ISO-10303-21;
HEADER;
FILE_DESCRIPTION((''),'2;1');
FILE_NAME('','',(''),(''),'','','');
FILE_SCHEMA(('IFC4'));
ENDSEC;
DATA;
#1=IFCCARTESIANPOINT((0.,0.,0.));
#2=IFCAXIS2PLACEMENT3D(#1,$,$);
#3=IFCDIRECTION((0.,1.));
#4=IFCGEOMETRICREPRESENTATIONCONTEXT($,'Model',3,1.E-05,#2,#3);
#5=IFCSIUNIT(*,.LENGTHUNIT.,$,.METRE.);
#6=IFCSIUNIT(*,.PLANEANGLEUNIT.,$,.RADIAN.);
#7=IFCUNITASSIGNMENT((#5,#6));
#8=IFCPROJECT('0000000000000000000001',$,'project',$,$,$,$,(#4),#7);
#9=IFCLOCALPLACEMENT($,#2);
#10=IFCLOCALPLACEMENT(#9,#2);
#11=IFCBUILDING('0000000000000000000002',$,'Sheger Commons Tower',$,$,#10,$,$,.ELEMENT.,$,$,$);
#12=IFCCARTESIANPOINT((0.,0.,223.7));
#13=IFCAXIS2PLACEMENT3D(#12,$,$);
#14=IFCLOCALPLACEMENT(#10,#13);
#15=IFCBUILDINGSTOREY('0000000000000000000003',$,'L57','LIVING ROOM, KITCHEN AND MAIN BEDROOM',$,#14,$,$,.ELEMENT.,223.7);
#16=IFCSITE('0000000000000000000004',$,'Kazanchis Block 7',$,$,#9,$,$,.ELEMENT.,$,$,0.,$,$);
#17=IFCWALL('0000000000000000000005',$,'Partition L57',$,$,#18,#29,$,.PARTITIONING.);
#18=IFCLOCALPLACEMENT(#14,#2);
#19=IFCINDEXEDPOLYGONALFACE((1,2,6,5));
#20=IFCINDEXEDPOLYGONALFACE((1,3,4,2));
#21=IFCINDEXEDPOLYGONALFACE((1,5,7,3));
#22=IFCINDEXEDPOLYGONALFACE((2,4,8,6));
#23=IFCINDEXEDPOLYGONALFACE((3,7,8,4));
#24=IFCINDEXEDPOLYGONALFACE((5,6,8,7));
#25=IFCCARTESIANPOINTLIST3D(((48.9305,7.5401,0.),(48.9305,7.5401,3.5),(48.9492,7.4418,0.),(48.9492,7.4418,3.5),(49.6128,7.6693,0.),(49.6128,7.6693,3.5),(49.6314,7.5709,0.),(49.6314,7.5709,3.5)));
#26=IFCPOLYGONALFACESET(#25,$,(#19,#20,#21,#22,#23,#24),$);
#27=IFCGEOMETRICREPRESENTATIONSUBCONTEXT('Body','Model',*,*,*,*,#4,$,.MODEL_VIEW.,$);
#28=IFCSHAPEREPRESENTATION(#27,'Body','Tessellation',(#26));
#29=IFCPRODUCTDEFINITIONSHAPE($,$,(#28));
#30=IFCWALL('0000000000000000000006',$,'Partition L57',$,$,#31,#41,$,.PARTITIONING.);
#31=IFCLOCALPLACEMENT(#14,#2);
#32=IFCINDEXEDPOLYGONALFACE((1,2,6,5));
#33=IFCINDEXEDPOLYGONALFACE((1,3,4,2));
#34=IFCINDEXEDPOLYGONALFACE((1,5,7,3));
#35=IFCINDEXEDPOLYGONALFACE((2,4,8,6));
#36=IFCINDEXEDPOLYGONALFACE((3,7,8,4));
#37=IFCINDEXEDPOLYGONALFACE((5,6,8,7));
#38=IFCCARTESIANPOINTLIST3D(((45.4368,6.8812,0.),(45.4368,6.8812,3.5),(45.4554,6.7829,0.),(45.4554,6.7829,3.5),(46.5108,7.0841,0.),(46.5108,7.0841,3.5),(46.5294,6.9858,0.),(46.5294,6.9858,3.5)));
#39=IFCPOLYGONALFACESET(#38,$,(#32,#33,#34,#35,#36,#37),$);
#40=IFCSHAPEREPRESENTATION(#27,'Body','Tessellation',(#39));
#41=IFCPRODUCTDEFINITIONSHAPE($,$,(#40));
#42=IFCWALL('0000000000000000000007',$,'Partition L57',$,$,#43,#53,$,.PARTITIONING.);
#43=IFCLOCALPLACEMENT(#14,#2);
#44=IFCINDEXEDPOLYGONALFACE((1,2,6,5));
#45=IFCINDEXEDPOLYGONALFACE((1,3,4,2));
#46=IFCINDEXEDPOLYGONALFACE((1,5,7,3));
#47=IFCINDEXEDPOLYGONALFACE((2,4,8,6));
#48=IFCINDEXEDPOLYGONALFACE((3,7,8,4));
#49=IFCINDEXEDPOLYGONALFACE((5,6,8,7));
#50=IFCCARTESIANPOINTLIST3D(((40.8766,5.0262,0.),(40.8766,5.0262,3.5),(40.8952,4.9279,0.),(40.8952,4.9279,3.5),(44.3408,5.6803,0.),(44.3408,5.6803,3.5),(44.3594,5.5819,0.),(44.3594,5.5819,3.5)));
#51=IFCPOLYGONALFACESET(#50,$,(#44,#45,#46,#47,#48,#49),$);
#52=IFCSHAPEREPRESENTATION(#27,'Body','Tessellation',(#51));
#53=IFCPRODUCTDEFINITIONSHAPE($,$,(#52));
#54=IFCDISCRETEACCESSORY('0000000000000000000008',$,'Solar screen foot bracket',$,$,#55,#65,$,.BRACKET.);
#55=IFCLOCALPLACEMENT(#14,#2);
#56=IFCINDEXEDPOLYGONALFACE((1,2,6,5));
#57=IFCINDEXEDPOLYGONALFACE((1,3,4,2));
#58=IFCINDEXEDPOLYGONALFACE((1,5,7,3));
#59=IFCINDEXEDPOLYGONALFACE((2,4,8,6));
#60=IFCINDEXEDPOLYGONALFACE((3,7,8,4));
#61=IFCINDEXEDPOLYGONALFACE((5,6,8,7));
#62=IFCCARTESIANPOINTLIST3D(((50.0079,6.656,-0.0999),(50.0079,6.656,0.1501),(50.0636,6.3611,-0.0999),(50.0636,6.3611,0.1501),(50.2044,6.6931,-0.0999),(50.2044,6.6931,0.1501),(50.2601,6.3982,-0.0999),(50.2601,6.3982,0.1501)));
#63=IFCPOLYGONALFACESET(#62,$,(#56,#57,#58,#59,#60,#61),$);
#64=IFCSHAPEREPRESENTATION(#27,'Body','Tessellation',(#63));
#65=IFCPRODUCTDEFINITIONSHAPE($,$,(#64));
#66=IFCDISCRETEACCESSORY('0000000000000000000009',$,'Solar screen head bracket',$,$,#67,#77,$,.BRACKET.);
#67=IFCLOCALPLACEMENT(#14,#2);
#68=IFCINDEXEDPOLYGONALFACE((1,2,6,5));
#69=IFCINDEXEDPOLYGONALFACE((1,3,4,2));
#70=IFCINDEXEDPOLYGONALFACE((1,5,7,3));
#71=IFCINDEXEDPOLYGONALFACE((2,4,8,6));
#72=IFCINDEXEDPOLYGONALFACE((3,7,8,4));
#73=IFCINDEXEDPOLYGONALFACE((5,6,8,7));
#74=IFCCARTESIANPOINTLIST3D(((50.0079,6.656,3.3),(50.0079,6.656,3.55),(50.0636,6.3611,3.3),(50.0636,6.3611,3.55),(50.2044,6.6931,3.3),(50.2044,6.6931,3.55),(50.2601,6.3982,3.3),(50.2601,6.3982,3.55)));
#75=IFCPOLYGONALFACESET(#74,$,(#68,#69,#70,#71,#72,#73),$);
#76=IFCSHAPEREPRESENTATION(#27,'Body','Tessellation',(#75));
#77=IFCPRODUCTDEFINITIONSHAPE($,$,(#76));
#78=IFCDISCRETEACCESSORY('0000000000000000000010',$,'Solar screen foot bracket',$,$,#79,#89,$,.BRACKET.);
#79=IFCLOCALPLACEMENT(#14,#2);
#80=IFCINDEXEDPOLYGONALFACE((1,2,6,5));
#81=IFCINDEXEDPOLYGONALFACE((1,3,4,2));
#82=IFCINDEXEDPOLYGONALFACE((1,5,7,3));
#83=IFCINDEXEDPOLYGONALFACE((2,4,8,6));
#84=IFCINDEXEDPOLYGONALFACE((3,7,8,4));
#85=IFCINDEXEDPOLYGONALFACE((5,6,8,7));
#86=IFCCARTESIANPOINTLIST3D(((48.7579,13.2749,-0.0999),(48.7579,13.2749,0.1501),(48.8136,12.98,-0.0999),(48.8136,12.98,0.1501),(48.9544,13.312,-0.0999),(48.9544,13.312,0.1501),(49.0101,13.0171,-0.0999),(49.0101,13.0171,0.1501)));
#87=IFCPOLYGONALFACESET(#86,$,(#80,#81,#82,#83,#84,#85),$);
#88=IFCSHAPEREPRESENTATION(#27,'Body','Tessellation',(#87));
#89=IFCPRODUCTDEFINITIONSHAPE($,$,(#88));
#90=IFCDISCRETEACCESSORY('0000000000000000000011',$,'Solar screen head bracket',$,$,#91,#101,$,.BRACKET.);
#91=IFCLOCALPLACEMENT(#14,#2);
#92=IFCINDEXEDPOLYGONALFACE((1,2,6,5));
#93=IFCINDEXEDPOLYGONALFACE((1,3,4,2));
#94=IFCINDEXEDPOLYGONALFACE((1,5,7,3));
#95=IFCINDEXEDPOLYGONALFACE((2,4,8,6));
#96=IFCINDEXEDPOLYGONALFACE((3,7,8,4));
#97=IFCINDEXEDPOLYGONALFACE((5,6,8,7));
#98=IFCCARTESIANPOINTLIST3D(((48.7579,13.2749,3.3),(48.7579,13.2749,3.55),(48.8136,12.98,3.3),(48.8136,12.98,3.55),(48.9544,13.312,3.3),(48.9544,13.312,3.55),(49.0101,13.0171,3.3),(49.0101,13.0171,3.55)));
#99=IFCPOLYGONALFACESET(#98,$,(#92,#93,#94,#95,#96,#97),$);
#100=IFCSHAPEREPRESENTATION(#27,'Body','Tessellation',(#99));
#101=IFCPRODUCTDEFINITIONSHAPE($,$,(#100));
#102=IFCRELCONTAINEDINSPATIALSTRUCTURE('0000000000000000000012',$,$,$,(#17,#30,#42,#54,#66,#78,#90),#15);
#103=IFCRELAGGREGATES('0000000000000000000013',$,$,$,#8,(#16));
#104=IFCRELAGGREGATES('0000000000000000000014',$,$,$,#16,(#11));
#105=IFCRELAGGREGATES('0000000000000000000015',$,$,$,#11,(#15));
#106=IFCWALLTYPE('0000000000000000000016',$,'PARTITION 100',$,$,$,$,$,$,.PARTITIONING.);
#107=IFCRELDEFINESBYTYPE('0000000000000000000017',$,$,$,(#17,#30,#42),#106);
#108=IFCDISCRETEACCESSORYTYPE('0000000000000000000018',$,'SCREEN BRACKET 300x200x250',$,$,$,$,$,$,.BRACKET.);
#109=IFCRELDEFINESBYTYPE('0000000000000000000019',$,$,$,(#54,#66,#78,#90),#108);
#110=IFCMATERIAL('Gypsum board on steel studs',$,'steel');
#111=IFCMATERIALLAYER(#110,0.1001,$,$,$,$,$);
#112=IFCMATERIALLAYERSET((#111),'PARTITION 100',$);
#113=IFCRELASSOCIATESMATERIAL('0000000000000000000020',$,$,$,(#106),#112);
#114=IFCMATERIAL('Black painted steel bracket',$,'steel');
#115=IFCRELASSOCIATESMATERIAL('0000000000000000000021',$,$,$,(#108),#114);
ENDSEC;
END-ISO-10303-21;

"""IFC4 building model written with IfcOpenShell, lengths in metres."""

from ifc_helpers import new_model, si_unit, direction, frame, frame_2d, origin, origin_2d, place, context, subcontext, project, spatial, rectangle, extrude, material, layer, layer_set, type_object, element, save


model = new_model("IFC4")

# Units and contexts
model_context = context("Model", 3, precision=1e-05, world=origin(), true_north=direction((0.0, 1.0)))
body_context = subcontext(model_context, "Body", "Model", "MODEL_VIEW")
ifc_project = project(units=[si_unit("LENGTHUNIT", "METRE"), si_unit("PLANEANGLEUNIT", "RADIAN")], contexts=[model_context])

# Site, building, storey
site_placement = place(None, origin())
site = spatial("IfcSite", under=ifc_project, at=site_placement, Name="Kazanchis Block 7", CompositionType="ELEMENT", RefElevation=0.0)
building_placement = place(site_placement, origin())
building = spatial("IfcBuilding", under=site, at=building_placement, Name="Sheger Commons Tower", CompositionType="ELEMENT")
storey_placement = place(building_placement, frame((0.0, 0.0, 223.7)))
storey = spatial("IfcBuildingStorey", under=building, at=storey_placement, Name="L57", Description="LIVING ROOM, KITCHEN AND MAIN BEDROOM", CompositionType="ELEMENT", Elevation=223.7)

# Shared definitions
ifc_material_1 = material(Name="Gypsum board on steel studs", Category="steel")
ifc_layer_1 = layer(ifc_material_1, 0.1001)
ifc_layer_set_1 = layer_set([ifc_layer_1], Name="PARTITION 100")
wall_type_1 = type_object("IfcWallType", Name="PARTITION 100", PredefinedType="PARTITIONING", material=ifc_layer_set_1)

# Walls
wall_1_placement = place(storey_placement, frame((49.6221, 7.6201, 0.0), z_axis=(0.0, 0.0, 1.0), x_axis=(-0.982544, -0.186029, 0.0)))
element("IfcWall", 1, at=wall_1_placement, inside=storey, type_object=wall_type_1, Name="Partition L57", PredefinedType="PARTITIONING", context=body_context, shape_type="SweptSolid", body=[
    extrude(rectangle(XDim=0.6943, YDim=0.1001, at=frame_2d((0.3472, 0.0))), origin(), (0.0, 0.0, 1.0), 3.5),
])
wall_2_placement = place(storey_placement, frame((46.52, 7.0349, 0.0), z_axis=(0.0, 0.0, 1.0), x_axis=(-0.982621, -0.185624, 0.0)))
element("IfcWall", 2, at=wall_2_placement, inside=storey, type_object=wall_type_1, Name="Partition L57", PredefinedType="PARTITIONING", context=body_context, shape_type="SweptSolid", body=[
    extrude(rectangle(XDim=1.093, YDim=0.1001, at=frame_2d((0.5464, 0.0))), origin(), (0.0, 0.0, 1.0), 3.5),
])
wall_3_placement = place(storey_placement, frame((44.3501, 5.6311, 0.0), z_axis=(0.0, 0.0, 1.0), x_axis=(-0.982639, -0.18553, 0.0)))
element("IfcWall", 3, at=wall_3_placement, inside=storey, type_object=wall_type_1, Name="Partition L57", PredefinedType="PARTITIONING", context=body_context, shape_type="SweptSolid", body=[
    extrude(rectangle(XDim=3.5254, YDim=0.1001, at=frame_2d((1.7627, 0.0))), origin(), (0.0, 0.0, 1.0), 3.5),
])

# Discrete accessories
ifc_material_2 = material(Name="Black painted steel bracket", Category="steel")
discrete_accessory_type = type_object("IfcDiscreteAccessoryType", Name="SCREEN BRACKET 300x200x250", PredefinedType="BRACKET", material=ifc_material_2)
for number, where, z_axis, x_axis, name in (
    (4, (50.134, 6.5271, -0.0999), (0.0, 0.0, 1.0), (-0.185615, 0.982623, 0.0), "Solar screen foot bracket"),
    (5, (50.134, 6.5271, 3.3), (0.0, 0.0, 1.0), (-0.185615, 0.982623, 0.0), "Solar screen head bracket"),
    (6, (48.884, 13.146, -0.0999), (0.0, 0.0, 1.0), (-0.185615, 0.982623, 0.0), "Solar screen foot bracket"),
    (7, (48.884, 13.146, 3.3), (0.0, 0.0, 1.0), (-0.185615, 0.982623, 0.0), "Solar screen head bracket"),
):
    element("IfcDiscreteAccessory", number, at=place(storey_placement, frame(where, z_axis=z_axis, x_axis=x_axis)), inside=storey, type_object=discrete_accessory_type, Name=name, PredefinedType="BRACKET", context=body_context, shape_type="SweptSolid", body=[
        extrude(rectangle(XDim=0.3, YDim=0.2, at=origin_2d()), origin(), (0.0, 0.0, 1.0), 0.25),
    ])

save(model, "model.ifc")
